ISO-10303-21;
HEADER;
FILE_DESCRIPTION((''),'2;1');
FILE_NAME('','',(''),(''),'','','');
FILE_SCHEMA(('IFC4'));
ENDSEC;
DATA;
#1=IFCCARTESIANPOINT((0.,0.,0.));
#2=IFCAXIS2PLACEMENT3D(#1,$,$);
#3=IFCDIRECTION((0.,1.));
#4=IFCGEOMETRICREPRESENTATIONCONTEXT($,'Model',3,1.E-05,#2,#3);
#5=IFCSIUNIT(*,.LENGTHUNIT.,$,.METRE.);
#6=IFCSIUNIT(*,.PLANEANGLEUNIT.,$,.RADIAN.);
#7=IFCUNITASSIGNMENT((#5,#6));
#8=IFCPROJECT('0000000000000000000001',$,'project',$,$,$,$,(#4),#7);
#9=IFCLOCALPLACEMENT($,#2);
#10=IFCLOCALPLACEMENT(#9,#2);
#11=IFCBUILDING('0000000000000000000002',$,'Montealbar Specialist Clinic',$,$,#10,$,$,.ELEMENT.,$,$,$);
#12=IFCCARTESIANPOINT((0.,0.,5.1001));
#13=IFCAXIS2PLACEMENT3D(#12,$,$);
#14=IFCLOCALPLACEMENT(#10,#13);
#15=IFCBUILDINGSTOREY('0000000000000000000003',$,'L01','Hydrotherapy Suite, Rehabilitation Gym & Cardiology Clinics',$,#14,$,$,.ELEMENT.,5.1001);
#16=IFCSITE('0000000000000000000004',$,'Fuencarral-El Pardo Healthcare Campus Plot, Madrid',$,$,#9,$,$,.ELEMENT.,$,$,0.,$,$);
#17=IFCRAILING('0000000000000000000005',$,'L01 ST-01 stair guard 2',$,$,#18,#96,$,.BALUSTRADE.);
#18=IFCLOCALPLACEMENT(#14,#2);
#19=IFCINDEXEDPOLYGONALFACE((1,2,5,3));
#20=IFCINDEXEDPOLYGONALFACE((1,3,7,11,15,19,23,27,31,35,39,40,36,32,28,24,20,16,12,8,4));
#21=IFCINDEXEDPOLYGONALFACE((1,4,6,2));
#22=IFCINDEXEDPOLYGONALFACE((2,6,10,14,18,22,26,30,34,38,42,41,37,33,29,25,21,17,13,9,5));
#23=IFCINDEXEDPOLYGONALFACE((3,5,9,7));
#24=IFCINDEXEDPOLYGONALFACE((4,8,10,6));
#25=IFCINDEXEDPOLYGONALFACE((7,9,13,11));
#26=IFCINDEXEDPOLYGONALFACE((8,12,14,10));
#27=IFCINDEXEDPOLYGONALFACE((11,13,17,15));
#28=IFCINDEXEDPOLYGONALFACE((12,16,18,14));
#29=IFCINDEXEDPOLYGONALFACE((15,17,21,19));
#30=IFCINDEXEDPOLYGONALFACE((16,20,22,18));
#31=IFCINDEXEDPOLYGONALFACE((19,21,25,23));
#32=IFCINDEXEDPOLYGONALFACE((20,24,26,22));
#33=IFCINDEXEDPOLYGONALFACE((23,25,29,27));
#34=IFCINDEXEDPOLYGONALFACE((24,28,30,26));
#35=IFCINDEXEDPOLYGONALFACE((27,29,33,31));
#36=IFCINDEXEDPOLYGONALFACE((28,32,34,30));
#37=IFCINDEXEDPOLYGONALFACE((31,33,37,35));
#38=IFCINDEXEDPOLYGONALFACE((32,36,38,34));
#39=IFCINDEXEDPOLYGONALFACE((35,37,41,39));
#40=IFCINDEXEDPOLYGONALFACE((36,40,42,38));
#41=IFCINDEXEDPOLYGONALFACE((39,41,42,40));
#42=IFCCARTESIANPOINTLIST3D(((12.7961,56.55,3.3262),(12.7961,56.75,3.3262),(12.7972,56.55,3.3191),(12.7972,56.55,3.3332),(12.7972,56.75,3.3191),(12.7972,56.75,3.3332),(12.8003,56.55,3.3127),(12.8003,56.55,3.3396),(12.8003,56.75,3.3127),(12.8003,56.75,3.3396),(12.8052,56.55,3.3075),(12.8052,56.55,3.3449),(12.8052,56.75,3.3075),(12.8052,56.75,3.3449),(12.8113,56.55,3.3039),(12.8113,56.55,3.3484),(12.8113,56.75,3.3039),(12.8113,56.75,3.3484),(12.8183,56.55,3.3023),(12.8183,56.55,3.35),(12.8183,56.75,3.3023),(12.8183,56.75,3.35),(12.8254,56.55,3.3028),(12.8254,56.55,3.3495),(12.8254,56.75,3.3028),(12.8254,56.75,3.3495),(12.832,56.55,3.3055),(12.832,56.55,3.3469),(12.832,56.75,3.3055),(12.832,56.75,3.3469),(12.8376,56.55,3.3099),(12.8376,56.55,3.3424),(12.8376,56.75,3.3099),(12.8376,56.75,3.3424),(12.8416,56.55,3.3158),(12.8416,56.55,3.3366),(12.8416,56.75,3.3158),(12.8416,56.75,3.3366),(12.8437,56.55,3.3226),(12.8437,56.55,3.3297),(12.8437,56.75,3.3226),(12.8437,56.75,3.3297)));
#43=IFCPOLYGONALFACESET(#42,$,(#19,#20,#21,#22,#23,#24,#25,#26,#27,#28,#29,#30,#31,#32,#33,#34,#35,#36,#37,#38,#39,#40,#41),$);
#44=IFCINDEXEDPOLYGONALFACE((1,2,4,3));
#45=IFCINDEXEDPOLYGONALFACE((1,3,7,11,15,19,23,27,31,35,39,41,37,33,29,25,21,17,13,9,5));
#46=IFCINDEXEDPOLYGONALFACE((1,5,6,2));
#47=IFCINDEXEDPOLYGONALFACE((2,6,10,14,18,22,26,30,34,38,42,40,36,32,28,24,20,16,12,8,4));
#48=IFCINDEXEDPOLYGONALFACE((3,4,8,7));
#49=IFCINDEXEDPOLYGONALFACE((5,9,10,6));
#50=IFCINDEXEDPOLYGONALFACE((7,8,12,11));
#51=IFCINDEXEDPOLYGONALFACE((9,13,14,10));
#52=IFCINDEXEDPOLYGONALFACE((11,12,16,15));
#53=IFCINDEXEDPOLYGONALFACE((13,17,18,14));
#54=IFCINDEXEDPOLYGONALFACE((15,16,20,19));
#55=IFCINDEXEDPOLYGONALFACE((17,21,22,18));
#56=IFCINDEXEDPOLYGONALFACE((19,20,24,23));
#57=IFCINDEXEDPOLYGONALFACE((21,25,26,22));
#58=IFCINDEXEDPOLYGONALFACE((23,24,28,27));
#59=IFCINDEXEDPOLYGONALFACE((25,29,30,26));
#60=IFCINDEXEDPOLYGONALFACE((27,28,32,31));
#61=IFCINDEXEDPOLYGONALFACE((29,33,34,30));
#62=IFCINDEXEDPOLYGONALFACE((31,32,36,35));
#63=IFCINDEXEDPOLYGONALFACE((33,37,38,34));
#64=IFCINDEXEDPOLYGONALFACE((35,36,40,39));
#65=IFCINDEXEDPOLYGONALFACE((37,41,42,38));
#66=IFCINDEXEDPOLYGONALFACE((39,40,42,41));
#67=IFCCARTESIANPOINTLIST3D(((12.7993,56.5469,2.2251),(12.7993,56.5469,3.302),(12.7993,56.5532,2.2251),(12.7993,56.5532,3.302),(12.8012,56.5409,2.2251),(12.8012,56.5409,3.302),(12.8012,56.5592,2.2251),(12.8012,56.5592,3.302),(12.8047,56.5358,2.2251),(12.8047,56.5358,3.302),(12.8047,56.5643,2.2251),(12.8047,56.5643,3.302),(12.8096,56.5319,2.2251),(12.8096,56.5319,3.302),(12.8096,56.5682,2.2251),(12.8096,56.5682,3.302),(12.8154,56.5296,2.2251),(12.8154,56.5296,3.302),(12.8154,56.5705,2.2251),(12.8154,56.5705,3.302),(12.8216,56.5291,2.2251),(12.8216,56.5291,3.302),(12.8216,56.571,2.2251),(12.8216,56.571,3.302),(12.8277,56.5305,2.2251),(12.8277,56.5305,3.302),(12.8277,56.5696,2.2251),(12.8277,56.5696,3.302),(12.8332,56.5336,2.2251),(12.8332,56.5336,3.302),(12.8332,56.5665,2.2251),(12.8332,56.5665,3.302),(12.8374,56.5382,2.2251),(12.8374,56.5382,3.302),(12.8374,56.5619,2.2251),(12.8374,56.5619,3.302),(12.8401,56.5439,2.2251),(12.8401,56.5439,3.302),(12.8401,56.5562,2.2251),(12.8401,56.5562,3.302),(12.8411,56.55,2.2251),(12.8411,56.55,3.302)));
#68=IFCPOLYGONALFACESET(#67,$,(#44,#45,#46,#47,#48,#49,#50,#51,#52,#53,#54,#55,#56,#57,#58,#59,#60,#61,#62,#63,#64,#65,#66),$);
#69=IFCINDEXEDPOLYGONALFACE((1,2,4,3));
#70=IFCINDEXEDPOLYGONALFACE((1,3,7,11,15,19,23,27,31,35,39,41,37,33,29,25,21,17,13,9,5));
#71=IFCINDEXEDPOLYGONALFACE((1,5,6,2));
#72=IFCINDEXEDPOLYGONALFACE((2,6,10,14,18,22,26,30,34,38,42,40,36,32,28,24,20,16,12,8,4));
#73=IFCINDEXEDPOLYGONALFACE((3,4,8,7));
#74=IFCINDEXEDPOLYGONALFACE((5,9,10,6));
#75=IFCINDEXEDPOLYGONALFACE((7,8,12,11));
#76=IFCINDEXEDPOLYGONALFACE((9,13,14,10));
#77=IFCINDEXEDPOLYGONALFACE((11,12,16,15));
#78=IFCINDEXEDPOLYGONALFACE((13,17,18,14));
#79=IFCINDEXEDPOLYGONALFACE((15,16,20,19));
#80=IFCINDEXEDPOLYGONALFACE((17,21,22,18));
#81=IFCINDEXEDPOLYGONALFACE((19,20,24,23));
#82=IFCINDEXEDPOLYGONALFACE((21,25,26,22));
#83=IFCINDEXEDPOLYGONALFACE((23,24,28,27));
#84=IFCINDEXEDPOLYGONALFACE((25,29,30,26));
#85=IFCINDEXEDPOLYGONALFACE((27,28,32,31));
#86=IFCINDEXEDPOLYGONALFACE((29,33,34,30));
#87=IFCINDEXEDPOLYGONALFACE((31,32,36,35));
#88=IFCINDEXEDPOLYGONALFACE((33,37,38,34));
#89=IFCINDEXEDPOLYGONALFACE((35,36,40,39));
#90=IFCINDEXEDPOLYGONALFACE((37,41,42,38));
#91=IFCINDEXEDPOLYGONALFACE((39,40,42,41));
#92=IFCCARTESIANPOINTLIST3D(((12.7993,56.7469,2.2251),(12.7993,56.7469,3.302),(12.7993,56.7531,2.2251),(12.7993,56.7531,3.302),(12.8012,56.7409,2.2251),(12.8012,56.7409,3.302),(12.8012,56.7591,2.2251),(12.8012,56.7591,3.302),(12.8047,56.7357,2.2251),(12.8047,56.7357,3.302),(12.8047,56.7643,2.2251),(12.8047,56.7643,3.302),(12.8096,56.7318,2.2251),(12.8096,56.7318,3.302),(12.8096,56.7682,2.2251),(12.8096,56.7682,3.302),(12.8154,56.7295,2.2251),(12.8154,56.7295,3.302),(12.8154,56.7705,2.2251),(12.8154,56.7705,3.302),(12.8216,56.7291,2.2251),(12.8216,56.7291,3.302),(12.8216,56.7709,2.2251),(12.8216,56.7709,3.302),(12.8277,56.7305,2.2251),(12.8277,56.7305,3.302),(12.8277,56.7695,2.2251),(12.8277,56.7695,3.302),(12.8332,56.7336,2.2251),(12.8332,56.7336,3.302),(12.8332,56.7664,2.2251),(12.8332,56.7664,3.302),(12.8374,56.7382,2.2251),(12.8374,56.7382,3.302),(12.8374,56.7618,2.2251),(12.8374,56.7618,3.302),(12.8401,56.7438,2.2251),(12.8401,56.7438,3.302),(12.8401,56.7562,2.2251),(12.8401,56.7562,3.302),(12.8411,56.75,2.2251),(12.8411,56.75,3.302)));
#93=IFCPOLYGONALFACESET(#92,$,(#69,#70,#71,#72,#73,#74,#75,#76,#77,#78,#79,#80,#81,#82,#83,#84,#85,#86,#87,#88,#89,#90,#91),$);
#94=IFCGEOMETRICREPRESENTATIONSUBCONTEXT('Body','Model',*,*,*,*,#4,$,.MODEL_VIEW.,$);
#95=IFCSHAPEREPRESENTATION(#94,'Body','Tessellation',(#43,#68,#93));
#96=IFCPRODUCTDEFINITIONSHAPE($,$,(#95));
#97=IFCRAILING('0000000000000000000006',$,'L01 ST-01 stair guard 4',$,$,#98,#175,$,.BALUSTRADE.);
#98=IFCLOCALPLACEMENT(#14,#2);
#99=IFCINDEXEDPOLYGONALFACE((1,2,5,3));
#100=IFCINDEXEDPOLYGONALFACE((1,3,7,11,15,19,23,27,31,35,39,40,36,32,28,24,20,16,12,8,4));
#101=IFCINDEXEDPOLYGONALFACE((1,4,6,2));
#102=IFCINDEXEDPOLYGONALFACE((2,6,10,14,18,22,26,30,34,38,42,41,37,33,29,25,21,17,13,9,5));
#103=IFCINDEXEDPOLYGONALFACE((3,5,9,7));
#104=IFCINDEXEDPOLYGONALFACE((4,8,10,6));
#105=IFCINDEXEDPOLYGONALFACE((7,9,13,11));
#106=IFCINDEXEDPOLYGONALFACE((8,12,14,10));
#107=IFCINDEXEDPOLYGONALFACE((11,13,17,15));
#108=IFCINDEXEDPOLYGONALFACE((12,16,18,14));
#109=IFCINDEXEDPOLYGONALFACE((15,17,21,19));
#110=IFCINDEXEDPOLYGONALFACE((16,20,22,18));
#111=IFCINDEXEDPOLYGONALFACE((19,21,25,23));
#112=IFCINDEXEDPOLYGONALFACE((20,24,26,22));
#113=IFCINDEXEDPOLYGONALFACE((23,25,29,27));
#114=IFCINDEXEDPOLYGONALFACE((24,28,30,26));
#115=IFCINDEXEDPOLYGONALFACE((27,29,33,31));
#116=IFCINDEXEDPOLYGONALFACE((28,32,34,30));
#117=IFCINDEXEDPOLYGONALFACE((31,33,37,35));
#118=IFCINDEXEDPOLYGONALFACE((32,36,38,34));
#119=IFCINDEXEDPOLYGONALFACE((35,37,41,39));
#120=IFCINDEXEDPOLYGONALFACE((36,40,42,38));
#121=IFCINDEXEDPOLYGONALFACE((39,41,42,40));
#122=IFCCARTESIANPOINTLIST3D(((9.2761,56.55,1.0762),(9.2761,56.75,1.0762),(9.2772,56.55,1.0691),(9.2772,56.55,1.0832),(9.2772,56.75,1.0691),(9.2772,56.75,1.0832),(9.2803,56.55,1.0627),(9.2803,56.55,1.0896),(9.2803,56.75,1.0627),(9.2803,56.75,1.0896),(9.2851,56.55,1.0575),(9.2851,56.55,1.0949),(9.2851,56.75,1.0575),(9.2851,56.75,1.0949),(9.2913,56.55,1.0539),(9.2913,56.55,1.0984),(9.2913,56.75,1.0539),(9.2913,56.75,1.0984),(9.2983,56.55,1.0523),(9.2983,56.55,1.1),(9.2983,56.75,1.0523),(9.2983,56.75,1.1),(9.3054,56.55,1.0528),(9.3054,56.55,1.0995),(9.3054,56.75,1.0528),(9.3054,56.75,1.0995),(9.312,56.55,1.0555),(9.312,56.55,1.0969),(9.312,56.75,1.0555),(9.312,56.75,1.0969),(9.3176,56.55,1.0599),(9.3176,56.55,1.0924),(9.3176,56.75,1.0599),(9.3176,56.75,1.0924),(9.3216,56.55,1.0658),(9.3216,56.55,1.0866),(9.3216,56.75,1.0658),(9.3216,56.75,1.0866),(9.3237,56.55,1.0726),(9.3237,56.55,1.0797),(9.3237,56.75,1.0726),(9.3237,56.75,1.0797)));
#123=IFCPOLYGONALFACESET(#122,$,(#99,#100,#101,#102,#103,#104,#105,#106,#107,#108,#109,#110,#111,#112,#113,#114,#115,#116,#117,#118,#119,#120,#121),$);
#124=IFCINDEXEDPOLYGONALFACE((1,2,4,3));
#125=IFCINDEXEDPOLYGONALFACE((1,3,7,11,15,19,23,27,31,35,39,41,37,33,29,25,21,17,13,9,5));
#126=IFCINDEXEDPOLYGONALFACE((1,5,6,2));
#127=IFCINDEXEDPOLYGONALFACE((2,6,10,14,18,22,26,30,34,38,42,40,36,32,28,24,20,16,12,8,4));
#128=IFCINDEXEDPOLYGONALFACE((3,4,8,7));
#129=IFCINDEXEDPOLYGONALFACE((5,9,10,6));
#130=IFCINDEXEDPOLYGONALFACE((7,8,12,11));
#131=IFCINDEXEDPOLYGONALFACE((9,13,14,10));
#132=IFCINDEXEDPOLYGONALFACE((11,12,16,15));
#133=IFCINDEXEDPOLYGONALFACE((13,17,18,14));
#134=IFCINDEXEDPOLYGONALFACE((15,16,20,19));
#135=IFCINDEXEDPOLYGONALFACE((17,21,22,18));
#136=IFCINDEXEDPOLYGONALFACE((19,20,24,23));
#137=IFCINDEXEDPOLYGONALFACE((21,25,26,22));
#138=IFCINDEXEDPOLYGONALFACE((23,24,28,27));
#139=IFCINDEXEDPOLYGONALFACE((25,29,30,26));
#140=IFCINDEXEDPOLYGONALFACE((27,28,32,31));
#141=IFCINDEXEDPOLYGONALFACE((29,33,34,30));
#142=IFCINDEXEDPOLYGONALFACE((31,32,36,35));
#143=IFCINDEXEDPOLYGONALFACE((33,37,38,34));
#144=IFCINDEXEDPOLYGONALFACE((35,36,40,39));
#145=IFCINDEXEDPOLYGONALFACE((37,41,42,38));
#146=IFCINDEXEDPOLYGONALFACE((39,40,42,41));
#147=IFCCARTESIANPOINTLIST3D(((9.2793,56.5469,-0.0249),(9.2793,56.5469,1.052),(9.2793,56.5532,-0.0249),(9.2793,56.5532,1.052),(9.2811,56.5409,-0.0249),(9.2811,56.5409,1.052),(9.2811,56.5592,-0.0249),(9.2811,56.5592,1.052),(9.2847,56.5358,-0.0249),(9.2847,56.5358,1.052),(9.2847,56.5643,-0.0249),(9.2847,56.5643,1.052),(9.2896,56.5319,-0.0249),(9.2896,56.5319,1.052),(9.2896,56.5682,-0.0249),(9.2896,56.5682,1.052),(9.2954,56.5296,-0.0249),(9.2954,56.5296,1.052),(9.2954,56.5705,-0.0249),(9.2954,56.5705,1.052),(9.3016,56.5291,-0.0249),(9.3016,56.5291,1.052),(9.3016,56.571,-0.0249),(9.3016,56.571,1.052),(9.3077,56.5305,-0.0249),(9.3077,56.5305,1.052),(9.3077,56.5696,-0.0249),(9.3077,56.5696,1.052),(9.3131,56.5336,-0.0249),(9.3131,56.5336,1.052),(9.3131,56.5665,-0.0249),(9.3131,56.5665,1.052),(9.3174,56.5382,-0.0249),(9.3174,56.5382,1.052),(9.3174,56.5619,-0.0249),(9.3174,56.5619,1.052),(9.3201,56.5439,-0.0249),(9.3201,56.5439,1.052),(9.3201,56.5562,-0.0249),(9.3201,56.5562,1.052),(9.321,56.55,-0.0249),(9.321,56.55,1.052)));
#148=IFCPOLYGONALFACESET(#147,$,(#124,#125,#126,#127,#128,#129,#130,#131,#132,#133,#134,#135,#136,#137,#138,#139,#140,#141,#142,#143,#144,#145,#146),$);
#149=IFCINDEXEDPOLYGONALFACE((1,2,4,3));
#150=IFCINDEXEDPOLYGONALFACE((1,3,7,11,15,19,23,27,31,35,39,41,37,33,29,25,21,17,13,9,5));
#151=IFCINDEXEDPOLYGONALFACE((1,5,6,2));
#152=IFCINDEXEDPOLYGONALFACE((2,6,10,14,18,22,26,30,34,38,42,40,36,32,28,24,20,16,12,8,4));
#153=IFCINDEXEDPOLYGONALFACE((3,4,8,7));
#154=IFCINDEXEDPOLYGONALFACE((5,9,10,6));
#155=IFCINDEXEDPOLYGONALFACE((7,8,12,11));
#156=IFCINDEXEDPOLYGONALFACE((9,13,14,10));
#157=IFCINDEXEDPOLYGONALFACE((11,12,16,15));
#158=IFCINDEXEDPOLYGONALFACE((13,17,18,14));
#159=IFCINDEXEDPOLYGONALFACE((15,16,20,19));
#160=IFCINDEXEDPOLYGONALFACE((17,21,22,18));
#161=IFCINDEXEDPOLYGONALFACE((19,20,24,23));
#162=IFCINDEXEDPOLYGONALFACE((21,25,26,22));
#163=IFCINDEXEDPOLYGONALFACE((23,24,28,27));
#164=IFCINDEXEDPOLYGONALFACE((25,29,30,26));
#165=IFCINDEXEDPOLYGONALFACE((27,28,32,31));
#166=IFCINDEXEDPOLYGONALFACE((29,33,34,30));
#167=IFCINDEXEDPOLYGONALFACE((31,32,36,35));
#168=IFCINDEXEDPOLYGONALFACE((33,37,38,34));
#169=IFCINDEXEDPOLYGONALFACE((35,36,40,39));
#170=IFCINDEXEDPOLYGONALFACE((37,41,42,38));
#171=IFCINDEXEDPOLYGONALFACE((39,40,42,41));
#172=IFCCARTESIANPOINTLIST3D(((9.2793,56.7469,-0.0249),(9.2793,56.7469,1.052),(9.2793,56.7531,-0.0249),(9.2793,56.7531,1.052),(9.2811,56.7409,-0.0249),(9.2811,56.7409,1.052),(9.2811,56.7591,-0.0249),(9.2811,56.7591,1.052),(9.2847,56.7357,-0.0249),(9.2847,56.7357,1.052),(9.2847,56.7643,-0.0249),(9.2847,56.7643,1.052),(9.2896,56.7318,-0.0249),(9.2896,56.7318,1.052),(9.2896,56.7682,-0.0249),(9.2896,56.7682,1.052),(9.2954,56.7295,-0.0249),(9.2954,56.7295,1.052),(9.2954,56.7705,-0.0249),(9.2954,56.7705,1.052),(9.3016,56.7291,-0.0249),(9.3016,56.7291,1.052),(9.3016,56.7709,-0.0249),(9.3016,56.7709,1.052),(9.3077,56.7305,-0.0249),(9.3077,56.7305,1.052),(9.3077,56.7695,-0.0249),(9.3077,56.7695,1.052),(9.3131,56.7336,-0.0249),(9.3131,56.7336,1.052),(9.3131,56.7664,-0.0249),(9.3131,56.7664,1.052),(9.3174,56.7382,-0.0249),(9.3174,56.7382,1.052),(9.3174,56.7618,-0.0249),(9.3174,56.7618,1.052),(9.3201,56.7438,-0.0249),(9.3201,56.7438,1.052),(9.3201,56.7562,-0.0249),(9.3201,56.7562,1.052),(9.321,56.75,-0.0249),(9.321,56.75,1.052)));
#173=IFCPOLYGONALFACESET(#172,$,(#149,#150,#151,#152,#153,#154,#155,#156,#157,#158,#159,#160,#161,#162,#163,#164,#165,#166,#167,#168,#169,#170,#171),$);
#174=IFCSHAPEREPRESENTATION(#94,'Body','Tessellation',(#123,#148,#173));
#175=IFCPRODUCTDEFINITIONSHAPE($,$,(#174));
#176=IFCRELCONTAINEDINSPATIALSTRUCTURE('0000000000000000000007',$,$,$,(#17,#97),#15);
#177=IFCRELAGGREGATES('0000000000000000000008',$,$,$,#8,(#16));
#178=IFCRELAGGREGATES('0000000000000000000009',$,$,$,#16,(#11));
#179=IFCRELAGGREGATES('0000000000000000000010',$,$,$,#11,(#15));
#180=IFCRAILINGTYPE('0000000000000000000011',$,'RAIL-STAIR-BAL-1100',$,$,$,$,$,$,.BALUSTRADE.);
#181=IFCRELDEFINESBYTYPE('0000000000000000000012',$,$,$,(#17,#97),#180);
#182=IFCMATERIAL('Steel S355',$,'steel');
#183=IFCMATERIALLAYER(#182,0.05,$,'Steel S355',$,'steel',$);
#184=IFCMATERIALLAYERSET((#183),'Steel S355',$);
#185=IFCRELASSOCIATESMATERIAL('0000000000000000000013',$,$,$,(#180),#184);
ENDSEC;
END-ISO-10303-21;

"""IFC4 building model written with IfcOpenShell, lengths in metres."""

from ifc_helpers import new_model, si_unit, direction, frame, origin, origin_2d, place, context, subcontext, project, spatial, circle, extrude, material, layer, layer_set, type_object, element, save


model = new_model("IFC4")

# Units and contexts
model_context = context("Model", 3, precision=1e-05, world=origin(), true_north=direction((0.0, 1.0)))
body_context = subcontext(model_context, "Body", "Model", "MODEL_VIEW")
ifc_project = project(units=[si_unit("LENGTHUNIT", "METRE"), si_unit("PLANEANGLEUNIT", "RADIAN")], contexts=[model_context])

# Site, building, storey
site_placement = place(None, origin())
site = spatial("IfcSite", under=ifc_project, at=site_placement, Name="Fuencarral-El Pardo Healthcare Campus Plot, Madrid", CompositionType="ELEMENT", RefElevation=0.0)
building_placement = place(site_placement, origin())
building = spatial("IfcBuilding", under=site, at=building_placement, Name="Montealbar Specialist Clinic", CompositionType="ELEMENT")
storey_placement = place(building_placement, frame((0.0, 0.0, 5.1001)))
storey = spatial("IfcBuildingStorey", under=building, at=storey_placement, Name="L01", Description="Hydrotherapy Suite, Rehabilitation Gym & Cardiology Clinics", CompositionType="ELEMENT", Elevation=5.1001)

# Shared definitions
ifc_material_1 = material(Name="Steel S355", Category="steel")

# Railings
ifc_layer_1 = layer(ifc_material_1, 0.05, Name="Steel S355", Category="steel")
ifc_layer_set_1 = layer_set([ifc_layer_1], Name="Steel S355")
railing_type_1 = type_object("IfcRailingType", Name="RAIL-STAIR-BAL-1100", PredefinedType="BALUSTRADE", material=ifc_layer_set_1)
railing_1_placement = place(storey_placement, frame((12.8201, 56.55, 2.25)))
element("IfcRailing", 1, at=railing_1_placement, inside=storey, type_object=railing_type_1, Name="L01 ST-01 stair guard 2", PredefinedType="BALUSTRADE", context=body_context, shape_type="SweptSolid", body=[
    extrude(circle(Radius=0.0239, at=origin_2d()), frame((0.0, 0.0, 1.0762), z_axis=(0.0, 1.0, 0.0), x_axis=(-1.0, 0.0, 0.0)), (0.0, 0.0, 1.0), 0.2),
    extrude(circle(Radius=0.021, at=origin_2d()), frame((0.0, 0.0, -0.0249)), (0.0, 0.0, 1.0), 1.0769),
    extrude(circle(Radius=0.021, at=origin_2d()), frame((0.0, 0.2, -0.0249)), (0.0, 0.0, 1.0), 1.0769),
])
railing_2_placement = place(storey_placement, frame((9.3, 56.55, 0.0)))
element("IfcRailing", 2, at=railing_2_placement, inside=storey, type_object=railing_type_1, Name="L01 ST-01 stair guard 4", PredefinedType="BALUSTRADE", context=body_context, shape_type="SweptSolid", body=[
    extrude(circle(Radius=0.0239, at=origin_2d()), frame((0.0, 0.0, 1.0762), z_axis=(0.0, 1.0, 0.0), x_axis=(-1.0, 0.0, 0.0)), (0.0, 0.0, 1.0), 0.2),
    extrude(circle(Radius=0.021, at=origin_2d()), frame((0.0, 0.0, -0.0249)), (0.0, 0.0, 1.0), 1.0769),
    extrude(circle(Radius=0.021, at=origin_2d()), frame((0.0, 0.2, -0.0249)), (0.0, 0.0, 1.0), 1.0769),
])

save(model, "model.ifc")
